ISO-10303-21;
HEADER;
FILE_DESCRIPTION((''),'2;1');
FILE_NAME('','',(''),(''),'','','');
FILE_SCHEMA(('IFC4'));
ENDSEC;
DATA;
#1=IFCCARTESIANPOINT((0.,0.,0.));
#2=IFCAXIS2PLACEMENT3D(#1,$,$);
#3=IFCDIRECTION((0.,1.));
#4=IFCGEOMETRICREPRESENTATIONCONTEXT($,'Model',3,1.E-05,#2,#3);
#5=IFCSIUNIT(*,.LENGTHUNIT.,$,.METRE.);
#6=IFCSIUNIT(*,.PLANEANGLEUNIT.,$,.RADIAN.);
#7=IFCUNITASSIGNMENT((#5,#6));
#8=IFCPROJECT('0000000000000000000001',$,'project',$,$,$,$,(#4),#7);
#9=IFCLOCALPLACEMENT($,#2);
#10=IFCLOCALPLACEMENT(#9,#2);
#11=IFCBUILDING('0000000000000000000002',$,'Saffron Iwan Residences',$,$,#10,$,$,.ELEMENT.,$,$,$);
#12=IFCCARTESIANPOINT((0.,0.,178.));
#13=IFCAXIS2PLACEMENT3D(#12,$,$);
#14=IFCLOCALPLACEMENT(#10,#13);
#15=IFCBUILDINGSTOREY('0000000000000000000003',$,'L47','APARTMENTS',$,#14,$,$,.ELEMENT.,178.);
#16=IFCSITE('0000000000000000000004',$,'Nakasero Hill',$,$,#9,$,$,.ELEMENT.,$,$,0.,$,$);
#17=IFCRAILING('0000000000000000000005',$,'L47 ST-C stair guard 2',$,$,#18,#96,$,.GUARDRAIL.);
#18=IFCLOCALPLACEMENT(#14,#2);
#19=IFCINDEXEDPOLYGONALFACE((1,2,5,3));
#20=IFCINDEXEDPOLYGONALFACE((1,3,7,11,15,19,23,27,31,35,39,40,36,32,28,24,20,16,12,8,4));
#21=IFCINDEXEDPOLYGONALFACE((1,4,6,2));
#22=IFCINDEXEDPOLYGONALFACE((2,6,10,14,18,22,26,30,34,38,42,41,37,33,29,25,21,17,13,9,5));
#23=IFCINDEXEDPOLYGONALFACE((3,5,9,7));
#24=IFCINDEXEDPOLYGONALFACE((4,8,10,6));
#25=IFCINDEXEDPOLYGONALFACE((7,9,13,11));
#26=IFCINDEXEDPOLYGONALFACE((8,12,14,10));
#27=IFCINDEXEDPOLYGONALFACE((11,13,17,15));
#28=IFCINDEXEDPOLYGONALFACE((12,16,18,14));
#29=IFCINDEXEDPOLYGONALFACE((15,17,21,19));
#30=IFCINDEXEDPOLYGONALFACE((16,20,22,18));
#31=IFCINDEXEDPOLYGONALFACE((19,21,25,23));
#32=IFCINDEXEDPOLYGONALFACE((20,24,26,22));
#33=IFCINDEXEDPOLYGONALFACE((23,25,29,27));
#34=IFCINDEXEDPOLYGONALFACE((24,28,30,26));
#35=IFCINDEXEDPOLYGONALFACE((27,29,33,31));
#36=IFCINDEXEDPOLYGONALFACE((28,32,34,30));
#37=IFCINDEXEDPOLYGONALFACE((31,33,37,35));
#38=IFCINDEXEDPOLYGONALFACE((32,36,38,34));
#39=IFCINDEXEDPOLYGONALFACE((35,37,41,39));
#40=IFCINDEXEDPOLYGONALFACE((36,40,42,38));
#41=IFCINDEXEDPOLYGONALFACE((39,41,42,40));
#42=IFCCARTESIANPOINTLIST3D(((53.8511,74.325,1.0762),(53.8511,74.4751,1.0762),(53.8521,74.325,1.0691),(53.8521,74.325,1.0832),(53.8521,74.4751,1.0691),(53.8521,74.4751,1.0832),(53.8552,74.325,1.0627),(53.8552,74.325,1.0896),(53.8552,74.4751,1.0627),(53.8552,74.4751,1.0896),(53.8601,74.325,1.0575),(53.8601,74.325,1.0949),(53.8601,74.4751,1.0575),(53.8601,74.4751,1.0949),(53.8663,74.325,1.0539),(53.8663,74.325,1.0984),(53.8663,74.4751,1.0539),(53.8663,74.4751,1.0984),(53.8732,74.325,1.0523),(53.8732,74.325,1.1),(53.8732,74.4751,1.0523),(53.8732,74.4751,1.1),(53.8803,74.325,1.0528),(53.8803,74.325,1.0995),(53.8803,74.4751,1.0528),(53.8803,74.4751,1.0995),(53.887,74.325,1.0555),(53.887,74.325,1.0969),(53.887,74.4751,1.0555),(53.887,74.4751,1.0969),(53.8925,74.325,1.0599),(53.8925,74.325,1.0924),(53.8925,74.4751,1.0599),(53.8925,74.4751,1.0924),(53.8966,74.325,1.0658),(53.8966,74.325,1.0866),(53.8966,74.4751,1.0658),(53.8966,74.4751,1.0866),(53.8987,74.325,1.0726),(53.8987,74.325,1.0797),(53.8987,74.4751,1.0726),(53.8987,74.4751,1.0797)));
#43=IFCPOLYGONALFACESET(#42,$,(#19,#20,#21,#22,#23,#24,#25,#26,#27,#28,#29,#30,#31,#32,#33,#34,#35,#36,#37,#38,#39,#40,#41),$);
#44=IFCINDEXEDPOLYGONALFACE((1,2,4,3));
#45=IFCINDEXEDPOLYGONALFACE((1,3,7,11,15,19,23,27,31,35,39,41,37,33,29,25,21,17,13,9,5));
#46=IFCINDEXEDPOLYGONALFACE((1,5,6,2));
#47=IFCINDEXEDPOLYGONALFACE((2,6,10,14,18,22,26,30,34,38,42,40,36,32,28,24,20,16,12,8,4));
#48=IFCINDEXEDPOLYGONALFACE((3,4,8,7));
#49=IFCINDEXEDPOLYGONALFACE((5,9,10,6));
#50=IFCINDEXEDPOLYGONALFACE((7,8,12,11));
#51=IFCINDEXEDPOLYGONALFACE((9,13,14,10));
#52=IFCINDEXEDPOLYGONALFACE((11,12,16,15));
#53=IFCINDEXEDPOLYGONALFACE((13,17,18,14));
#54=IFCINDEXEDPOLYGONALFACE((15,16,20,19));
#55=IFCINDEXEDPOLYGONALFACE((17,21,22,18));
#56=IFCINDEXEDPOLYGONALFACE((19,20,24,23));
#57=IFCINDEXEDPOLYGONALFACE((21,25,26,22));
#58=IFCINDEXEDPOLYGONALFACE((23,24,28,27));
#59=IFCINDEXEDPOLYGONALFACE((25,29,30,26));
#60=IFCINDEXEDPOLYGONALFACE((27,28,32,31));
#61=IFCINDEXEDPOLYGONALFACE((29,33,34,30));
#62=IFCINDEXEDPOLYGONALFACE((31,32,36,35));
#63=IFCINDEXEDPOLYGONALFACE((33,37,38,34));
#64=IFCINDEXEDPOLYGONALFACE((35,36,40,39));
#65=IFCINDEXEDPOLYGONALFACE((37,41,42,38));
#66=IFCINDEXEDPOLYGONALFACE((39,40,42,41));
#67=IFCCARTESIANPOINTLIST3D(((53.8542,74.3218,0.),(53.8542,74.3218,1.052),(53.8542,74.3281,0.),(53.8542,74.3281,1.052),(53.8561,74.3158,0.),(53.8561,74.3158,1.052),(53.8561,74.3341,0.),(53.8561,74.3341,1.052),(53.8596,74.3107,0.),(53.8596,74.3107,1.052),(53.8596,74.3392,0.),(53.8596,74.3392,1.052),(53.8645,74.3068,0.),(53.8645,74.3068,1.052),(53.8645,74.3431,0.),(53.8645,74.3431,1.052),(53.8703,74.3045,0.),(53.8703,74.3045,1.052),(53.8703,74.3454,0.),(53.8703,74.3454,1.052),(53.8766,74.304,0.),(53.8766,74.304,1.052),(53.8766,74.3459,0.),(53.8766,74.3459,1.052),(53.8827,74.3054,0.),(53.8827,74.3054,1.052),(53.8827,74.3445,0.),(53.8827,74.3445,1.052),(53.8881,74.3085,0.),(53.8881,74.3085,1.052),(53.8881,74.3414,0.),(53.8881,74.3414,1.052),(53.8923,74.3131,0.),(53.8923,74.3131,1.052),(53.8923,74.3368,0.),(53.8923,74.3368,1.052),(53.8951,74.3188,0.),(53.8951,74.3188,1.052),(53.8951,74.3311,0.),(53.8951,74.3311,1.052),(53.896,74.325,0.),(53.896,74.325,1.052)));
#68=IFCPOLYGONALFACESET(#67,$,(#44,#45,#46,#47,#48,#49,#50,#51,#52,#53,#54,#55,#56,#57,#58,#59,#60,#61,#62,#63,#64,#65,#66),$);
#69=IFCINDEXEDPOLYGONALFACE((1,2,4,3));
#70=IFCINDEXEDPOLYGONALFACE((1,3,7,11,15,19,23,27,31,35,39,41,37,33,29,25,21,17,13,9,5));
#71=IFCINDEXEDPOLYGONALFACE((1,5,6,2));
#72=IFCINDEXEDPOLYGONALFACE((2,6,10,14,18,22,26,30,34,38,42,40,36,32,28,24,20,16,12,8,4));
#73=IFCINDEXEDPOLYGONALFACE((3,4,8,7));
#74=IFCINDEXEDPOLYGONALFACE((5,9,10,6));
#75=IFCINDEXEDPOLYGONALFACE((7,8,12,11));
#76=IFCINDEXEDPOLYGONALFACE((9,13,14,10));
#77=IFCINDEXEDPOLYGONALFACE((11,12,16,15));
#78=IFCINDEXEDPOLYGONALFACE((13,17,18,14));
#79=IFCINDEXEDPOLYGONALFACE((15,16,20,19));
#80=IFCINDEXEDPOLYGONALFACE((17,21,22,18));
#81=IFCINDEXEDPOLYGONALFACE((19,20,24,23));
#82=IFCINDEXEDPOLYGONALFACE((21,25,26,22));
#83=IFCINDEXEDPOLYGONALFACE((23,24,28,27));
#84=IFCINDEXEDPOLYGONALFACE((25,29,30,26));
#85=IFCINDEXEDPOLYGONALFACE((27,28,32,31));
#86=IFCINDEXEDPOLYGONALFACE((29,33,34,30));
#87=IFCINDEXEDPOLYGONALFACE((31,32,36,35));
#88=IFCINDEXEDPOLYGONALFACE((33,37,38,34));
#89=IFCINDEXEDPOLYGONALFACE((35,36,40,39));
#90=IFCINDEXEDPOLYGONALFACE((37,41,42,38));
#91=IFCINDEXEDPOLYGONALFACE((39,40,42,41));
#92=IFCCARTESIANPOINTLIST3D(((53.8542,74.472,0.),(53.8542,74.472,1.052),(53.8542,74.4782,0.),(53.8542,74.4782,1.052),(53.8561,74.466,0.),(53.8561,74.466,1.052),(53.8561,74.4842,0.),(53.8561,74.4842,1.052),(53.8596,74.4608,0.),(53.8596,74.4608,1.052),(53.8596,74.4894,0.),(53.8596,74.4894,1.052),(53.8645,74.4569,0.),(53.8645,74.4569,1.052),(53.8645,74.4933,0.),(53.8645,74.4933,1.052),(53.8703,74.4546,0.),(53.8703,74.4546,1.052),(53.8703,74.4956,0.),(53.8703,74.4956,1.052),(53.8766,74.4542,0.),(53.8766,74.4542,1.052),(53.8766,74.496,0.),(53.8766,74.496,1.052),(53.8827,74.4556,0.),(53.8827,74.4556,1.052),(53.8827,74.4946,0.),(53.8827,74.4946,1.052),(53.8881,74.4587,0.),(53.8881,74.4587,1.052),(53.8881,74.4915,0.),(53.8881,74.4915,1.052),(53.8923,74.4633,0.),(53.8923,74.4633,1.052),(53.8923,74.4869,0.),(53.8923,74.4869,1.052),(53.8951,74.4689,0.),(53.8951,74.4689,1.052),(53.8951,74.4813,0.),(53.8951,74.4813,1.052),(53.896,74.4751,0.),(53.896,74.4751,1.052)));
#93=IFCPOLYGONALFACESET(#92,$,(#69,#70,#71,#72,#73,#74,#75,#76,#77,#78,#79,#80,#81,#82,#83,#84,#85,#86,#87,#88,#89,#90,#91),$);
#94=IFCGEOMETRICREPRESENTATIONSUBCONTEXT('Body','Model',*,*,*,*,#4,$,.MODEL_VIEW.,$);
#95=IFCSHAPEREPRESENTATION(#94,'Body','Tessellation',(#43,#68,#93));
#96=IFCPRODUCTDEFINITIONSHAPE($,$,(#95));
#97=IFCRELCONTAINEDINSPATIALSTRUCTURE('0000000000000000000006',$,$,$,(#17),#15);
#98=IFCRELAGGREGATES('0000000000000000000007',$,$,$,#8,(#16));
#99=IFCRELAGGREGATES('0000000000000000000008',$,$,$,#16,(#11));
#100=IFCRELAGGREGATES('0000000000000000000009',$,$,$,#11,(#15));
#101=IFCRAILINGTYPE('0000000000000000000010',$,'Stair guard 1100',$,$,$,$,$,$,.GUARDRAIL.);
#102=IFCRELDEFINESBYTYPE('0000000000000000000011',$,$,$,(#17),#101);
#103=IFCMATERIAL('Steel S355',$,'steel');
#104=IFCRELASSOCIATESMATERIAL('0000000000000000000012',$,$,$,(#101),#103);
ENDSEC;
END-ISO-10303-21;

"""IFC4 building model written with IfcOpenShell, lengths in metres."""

from ifc_helpers import new_model, si_unit, direction, frame, origin, origin_2d, place, context, subcontext, project, spatial, circle, extrude, material, type_object, element, save


model = new_model("IFC4")

# Units and contexts
model_context = context("Model", 3, precision=1e-05, world=origin(), true_north=direction((0.0, 1.0)))
body_context = subcontext(model_context, "Body", "Model", "MODEL_VIEW")
ifc_project = project(units=[si_unit("LENGTHUNIT", "METRE"), si_unit("PLANEANGLEUNIT", "RADIAN")], contexts=[model_context])

# Site, building, storey
site_placement = place(None, origin())
site = spatial("IfcSite", under=ifc_project, at=site_placement, Name="Nakasero Hill", CompositionType="ELEMENT", RefElevation=0.0)
building_placement = place(site_placement, origin())
building = spatial("IfcBuilding", under=site, at=building_placement, Name="Saffron Iwan Residences", CompositionType="ELEMENT")
storey_placement = place(building_placement, frame((0.0, 0.0, 178.0)))
storey = spatial("IfcBuildingStorey", under=building, at=storey_placement, Name="L47", Description="APARTMENTS", CompositionType="ELEMENT", Elevation=178.0)

# Railing
ifc_material_1 = material(Name="Steel S355", Category="steel")
railing_type_1 = type_object("IfcRailingType", Name="Stair guard 1100", PredefinedType="GUARDRAIL", material=ifc_material_1)
railing_1_placement = place(storey_placement, frame((53.875, 74.325, 0.0)))
element("IfcRailing", 1, at=railing_1_placement, inside=storey, type_object=railing_type_1, Name="L47 ST-C stair guard 2", PredefinedType="GUARDRAIL", context=body_context, shape_type="SweptSolid", body=[
    extrude(circle(Radius=0.0239, at=origin_2d()), frame((0.0, 0.0, 1.0762), z_axis=(0.0, 1.0, 0.0), x_axis=(-1.0, 0.0, 0.0)), (0.0, 0.0, 1.0), 0.1501),
    extrude(circle(Radius=0.021, at=origin_2d()), origin(), (0.0, 0.0, 1.0), 1.052),
    extrude(circle(Radius=0.021, at=origin_2d()), frame((0.0, 0.1501, 0.0)), (0.0, 0.0, 1.0), 1.052),
])

save(model, "model.ifc")
